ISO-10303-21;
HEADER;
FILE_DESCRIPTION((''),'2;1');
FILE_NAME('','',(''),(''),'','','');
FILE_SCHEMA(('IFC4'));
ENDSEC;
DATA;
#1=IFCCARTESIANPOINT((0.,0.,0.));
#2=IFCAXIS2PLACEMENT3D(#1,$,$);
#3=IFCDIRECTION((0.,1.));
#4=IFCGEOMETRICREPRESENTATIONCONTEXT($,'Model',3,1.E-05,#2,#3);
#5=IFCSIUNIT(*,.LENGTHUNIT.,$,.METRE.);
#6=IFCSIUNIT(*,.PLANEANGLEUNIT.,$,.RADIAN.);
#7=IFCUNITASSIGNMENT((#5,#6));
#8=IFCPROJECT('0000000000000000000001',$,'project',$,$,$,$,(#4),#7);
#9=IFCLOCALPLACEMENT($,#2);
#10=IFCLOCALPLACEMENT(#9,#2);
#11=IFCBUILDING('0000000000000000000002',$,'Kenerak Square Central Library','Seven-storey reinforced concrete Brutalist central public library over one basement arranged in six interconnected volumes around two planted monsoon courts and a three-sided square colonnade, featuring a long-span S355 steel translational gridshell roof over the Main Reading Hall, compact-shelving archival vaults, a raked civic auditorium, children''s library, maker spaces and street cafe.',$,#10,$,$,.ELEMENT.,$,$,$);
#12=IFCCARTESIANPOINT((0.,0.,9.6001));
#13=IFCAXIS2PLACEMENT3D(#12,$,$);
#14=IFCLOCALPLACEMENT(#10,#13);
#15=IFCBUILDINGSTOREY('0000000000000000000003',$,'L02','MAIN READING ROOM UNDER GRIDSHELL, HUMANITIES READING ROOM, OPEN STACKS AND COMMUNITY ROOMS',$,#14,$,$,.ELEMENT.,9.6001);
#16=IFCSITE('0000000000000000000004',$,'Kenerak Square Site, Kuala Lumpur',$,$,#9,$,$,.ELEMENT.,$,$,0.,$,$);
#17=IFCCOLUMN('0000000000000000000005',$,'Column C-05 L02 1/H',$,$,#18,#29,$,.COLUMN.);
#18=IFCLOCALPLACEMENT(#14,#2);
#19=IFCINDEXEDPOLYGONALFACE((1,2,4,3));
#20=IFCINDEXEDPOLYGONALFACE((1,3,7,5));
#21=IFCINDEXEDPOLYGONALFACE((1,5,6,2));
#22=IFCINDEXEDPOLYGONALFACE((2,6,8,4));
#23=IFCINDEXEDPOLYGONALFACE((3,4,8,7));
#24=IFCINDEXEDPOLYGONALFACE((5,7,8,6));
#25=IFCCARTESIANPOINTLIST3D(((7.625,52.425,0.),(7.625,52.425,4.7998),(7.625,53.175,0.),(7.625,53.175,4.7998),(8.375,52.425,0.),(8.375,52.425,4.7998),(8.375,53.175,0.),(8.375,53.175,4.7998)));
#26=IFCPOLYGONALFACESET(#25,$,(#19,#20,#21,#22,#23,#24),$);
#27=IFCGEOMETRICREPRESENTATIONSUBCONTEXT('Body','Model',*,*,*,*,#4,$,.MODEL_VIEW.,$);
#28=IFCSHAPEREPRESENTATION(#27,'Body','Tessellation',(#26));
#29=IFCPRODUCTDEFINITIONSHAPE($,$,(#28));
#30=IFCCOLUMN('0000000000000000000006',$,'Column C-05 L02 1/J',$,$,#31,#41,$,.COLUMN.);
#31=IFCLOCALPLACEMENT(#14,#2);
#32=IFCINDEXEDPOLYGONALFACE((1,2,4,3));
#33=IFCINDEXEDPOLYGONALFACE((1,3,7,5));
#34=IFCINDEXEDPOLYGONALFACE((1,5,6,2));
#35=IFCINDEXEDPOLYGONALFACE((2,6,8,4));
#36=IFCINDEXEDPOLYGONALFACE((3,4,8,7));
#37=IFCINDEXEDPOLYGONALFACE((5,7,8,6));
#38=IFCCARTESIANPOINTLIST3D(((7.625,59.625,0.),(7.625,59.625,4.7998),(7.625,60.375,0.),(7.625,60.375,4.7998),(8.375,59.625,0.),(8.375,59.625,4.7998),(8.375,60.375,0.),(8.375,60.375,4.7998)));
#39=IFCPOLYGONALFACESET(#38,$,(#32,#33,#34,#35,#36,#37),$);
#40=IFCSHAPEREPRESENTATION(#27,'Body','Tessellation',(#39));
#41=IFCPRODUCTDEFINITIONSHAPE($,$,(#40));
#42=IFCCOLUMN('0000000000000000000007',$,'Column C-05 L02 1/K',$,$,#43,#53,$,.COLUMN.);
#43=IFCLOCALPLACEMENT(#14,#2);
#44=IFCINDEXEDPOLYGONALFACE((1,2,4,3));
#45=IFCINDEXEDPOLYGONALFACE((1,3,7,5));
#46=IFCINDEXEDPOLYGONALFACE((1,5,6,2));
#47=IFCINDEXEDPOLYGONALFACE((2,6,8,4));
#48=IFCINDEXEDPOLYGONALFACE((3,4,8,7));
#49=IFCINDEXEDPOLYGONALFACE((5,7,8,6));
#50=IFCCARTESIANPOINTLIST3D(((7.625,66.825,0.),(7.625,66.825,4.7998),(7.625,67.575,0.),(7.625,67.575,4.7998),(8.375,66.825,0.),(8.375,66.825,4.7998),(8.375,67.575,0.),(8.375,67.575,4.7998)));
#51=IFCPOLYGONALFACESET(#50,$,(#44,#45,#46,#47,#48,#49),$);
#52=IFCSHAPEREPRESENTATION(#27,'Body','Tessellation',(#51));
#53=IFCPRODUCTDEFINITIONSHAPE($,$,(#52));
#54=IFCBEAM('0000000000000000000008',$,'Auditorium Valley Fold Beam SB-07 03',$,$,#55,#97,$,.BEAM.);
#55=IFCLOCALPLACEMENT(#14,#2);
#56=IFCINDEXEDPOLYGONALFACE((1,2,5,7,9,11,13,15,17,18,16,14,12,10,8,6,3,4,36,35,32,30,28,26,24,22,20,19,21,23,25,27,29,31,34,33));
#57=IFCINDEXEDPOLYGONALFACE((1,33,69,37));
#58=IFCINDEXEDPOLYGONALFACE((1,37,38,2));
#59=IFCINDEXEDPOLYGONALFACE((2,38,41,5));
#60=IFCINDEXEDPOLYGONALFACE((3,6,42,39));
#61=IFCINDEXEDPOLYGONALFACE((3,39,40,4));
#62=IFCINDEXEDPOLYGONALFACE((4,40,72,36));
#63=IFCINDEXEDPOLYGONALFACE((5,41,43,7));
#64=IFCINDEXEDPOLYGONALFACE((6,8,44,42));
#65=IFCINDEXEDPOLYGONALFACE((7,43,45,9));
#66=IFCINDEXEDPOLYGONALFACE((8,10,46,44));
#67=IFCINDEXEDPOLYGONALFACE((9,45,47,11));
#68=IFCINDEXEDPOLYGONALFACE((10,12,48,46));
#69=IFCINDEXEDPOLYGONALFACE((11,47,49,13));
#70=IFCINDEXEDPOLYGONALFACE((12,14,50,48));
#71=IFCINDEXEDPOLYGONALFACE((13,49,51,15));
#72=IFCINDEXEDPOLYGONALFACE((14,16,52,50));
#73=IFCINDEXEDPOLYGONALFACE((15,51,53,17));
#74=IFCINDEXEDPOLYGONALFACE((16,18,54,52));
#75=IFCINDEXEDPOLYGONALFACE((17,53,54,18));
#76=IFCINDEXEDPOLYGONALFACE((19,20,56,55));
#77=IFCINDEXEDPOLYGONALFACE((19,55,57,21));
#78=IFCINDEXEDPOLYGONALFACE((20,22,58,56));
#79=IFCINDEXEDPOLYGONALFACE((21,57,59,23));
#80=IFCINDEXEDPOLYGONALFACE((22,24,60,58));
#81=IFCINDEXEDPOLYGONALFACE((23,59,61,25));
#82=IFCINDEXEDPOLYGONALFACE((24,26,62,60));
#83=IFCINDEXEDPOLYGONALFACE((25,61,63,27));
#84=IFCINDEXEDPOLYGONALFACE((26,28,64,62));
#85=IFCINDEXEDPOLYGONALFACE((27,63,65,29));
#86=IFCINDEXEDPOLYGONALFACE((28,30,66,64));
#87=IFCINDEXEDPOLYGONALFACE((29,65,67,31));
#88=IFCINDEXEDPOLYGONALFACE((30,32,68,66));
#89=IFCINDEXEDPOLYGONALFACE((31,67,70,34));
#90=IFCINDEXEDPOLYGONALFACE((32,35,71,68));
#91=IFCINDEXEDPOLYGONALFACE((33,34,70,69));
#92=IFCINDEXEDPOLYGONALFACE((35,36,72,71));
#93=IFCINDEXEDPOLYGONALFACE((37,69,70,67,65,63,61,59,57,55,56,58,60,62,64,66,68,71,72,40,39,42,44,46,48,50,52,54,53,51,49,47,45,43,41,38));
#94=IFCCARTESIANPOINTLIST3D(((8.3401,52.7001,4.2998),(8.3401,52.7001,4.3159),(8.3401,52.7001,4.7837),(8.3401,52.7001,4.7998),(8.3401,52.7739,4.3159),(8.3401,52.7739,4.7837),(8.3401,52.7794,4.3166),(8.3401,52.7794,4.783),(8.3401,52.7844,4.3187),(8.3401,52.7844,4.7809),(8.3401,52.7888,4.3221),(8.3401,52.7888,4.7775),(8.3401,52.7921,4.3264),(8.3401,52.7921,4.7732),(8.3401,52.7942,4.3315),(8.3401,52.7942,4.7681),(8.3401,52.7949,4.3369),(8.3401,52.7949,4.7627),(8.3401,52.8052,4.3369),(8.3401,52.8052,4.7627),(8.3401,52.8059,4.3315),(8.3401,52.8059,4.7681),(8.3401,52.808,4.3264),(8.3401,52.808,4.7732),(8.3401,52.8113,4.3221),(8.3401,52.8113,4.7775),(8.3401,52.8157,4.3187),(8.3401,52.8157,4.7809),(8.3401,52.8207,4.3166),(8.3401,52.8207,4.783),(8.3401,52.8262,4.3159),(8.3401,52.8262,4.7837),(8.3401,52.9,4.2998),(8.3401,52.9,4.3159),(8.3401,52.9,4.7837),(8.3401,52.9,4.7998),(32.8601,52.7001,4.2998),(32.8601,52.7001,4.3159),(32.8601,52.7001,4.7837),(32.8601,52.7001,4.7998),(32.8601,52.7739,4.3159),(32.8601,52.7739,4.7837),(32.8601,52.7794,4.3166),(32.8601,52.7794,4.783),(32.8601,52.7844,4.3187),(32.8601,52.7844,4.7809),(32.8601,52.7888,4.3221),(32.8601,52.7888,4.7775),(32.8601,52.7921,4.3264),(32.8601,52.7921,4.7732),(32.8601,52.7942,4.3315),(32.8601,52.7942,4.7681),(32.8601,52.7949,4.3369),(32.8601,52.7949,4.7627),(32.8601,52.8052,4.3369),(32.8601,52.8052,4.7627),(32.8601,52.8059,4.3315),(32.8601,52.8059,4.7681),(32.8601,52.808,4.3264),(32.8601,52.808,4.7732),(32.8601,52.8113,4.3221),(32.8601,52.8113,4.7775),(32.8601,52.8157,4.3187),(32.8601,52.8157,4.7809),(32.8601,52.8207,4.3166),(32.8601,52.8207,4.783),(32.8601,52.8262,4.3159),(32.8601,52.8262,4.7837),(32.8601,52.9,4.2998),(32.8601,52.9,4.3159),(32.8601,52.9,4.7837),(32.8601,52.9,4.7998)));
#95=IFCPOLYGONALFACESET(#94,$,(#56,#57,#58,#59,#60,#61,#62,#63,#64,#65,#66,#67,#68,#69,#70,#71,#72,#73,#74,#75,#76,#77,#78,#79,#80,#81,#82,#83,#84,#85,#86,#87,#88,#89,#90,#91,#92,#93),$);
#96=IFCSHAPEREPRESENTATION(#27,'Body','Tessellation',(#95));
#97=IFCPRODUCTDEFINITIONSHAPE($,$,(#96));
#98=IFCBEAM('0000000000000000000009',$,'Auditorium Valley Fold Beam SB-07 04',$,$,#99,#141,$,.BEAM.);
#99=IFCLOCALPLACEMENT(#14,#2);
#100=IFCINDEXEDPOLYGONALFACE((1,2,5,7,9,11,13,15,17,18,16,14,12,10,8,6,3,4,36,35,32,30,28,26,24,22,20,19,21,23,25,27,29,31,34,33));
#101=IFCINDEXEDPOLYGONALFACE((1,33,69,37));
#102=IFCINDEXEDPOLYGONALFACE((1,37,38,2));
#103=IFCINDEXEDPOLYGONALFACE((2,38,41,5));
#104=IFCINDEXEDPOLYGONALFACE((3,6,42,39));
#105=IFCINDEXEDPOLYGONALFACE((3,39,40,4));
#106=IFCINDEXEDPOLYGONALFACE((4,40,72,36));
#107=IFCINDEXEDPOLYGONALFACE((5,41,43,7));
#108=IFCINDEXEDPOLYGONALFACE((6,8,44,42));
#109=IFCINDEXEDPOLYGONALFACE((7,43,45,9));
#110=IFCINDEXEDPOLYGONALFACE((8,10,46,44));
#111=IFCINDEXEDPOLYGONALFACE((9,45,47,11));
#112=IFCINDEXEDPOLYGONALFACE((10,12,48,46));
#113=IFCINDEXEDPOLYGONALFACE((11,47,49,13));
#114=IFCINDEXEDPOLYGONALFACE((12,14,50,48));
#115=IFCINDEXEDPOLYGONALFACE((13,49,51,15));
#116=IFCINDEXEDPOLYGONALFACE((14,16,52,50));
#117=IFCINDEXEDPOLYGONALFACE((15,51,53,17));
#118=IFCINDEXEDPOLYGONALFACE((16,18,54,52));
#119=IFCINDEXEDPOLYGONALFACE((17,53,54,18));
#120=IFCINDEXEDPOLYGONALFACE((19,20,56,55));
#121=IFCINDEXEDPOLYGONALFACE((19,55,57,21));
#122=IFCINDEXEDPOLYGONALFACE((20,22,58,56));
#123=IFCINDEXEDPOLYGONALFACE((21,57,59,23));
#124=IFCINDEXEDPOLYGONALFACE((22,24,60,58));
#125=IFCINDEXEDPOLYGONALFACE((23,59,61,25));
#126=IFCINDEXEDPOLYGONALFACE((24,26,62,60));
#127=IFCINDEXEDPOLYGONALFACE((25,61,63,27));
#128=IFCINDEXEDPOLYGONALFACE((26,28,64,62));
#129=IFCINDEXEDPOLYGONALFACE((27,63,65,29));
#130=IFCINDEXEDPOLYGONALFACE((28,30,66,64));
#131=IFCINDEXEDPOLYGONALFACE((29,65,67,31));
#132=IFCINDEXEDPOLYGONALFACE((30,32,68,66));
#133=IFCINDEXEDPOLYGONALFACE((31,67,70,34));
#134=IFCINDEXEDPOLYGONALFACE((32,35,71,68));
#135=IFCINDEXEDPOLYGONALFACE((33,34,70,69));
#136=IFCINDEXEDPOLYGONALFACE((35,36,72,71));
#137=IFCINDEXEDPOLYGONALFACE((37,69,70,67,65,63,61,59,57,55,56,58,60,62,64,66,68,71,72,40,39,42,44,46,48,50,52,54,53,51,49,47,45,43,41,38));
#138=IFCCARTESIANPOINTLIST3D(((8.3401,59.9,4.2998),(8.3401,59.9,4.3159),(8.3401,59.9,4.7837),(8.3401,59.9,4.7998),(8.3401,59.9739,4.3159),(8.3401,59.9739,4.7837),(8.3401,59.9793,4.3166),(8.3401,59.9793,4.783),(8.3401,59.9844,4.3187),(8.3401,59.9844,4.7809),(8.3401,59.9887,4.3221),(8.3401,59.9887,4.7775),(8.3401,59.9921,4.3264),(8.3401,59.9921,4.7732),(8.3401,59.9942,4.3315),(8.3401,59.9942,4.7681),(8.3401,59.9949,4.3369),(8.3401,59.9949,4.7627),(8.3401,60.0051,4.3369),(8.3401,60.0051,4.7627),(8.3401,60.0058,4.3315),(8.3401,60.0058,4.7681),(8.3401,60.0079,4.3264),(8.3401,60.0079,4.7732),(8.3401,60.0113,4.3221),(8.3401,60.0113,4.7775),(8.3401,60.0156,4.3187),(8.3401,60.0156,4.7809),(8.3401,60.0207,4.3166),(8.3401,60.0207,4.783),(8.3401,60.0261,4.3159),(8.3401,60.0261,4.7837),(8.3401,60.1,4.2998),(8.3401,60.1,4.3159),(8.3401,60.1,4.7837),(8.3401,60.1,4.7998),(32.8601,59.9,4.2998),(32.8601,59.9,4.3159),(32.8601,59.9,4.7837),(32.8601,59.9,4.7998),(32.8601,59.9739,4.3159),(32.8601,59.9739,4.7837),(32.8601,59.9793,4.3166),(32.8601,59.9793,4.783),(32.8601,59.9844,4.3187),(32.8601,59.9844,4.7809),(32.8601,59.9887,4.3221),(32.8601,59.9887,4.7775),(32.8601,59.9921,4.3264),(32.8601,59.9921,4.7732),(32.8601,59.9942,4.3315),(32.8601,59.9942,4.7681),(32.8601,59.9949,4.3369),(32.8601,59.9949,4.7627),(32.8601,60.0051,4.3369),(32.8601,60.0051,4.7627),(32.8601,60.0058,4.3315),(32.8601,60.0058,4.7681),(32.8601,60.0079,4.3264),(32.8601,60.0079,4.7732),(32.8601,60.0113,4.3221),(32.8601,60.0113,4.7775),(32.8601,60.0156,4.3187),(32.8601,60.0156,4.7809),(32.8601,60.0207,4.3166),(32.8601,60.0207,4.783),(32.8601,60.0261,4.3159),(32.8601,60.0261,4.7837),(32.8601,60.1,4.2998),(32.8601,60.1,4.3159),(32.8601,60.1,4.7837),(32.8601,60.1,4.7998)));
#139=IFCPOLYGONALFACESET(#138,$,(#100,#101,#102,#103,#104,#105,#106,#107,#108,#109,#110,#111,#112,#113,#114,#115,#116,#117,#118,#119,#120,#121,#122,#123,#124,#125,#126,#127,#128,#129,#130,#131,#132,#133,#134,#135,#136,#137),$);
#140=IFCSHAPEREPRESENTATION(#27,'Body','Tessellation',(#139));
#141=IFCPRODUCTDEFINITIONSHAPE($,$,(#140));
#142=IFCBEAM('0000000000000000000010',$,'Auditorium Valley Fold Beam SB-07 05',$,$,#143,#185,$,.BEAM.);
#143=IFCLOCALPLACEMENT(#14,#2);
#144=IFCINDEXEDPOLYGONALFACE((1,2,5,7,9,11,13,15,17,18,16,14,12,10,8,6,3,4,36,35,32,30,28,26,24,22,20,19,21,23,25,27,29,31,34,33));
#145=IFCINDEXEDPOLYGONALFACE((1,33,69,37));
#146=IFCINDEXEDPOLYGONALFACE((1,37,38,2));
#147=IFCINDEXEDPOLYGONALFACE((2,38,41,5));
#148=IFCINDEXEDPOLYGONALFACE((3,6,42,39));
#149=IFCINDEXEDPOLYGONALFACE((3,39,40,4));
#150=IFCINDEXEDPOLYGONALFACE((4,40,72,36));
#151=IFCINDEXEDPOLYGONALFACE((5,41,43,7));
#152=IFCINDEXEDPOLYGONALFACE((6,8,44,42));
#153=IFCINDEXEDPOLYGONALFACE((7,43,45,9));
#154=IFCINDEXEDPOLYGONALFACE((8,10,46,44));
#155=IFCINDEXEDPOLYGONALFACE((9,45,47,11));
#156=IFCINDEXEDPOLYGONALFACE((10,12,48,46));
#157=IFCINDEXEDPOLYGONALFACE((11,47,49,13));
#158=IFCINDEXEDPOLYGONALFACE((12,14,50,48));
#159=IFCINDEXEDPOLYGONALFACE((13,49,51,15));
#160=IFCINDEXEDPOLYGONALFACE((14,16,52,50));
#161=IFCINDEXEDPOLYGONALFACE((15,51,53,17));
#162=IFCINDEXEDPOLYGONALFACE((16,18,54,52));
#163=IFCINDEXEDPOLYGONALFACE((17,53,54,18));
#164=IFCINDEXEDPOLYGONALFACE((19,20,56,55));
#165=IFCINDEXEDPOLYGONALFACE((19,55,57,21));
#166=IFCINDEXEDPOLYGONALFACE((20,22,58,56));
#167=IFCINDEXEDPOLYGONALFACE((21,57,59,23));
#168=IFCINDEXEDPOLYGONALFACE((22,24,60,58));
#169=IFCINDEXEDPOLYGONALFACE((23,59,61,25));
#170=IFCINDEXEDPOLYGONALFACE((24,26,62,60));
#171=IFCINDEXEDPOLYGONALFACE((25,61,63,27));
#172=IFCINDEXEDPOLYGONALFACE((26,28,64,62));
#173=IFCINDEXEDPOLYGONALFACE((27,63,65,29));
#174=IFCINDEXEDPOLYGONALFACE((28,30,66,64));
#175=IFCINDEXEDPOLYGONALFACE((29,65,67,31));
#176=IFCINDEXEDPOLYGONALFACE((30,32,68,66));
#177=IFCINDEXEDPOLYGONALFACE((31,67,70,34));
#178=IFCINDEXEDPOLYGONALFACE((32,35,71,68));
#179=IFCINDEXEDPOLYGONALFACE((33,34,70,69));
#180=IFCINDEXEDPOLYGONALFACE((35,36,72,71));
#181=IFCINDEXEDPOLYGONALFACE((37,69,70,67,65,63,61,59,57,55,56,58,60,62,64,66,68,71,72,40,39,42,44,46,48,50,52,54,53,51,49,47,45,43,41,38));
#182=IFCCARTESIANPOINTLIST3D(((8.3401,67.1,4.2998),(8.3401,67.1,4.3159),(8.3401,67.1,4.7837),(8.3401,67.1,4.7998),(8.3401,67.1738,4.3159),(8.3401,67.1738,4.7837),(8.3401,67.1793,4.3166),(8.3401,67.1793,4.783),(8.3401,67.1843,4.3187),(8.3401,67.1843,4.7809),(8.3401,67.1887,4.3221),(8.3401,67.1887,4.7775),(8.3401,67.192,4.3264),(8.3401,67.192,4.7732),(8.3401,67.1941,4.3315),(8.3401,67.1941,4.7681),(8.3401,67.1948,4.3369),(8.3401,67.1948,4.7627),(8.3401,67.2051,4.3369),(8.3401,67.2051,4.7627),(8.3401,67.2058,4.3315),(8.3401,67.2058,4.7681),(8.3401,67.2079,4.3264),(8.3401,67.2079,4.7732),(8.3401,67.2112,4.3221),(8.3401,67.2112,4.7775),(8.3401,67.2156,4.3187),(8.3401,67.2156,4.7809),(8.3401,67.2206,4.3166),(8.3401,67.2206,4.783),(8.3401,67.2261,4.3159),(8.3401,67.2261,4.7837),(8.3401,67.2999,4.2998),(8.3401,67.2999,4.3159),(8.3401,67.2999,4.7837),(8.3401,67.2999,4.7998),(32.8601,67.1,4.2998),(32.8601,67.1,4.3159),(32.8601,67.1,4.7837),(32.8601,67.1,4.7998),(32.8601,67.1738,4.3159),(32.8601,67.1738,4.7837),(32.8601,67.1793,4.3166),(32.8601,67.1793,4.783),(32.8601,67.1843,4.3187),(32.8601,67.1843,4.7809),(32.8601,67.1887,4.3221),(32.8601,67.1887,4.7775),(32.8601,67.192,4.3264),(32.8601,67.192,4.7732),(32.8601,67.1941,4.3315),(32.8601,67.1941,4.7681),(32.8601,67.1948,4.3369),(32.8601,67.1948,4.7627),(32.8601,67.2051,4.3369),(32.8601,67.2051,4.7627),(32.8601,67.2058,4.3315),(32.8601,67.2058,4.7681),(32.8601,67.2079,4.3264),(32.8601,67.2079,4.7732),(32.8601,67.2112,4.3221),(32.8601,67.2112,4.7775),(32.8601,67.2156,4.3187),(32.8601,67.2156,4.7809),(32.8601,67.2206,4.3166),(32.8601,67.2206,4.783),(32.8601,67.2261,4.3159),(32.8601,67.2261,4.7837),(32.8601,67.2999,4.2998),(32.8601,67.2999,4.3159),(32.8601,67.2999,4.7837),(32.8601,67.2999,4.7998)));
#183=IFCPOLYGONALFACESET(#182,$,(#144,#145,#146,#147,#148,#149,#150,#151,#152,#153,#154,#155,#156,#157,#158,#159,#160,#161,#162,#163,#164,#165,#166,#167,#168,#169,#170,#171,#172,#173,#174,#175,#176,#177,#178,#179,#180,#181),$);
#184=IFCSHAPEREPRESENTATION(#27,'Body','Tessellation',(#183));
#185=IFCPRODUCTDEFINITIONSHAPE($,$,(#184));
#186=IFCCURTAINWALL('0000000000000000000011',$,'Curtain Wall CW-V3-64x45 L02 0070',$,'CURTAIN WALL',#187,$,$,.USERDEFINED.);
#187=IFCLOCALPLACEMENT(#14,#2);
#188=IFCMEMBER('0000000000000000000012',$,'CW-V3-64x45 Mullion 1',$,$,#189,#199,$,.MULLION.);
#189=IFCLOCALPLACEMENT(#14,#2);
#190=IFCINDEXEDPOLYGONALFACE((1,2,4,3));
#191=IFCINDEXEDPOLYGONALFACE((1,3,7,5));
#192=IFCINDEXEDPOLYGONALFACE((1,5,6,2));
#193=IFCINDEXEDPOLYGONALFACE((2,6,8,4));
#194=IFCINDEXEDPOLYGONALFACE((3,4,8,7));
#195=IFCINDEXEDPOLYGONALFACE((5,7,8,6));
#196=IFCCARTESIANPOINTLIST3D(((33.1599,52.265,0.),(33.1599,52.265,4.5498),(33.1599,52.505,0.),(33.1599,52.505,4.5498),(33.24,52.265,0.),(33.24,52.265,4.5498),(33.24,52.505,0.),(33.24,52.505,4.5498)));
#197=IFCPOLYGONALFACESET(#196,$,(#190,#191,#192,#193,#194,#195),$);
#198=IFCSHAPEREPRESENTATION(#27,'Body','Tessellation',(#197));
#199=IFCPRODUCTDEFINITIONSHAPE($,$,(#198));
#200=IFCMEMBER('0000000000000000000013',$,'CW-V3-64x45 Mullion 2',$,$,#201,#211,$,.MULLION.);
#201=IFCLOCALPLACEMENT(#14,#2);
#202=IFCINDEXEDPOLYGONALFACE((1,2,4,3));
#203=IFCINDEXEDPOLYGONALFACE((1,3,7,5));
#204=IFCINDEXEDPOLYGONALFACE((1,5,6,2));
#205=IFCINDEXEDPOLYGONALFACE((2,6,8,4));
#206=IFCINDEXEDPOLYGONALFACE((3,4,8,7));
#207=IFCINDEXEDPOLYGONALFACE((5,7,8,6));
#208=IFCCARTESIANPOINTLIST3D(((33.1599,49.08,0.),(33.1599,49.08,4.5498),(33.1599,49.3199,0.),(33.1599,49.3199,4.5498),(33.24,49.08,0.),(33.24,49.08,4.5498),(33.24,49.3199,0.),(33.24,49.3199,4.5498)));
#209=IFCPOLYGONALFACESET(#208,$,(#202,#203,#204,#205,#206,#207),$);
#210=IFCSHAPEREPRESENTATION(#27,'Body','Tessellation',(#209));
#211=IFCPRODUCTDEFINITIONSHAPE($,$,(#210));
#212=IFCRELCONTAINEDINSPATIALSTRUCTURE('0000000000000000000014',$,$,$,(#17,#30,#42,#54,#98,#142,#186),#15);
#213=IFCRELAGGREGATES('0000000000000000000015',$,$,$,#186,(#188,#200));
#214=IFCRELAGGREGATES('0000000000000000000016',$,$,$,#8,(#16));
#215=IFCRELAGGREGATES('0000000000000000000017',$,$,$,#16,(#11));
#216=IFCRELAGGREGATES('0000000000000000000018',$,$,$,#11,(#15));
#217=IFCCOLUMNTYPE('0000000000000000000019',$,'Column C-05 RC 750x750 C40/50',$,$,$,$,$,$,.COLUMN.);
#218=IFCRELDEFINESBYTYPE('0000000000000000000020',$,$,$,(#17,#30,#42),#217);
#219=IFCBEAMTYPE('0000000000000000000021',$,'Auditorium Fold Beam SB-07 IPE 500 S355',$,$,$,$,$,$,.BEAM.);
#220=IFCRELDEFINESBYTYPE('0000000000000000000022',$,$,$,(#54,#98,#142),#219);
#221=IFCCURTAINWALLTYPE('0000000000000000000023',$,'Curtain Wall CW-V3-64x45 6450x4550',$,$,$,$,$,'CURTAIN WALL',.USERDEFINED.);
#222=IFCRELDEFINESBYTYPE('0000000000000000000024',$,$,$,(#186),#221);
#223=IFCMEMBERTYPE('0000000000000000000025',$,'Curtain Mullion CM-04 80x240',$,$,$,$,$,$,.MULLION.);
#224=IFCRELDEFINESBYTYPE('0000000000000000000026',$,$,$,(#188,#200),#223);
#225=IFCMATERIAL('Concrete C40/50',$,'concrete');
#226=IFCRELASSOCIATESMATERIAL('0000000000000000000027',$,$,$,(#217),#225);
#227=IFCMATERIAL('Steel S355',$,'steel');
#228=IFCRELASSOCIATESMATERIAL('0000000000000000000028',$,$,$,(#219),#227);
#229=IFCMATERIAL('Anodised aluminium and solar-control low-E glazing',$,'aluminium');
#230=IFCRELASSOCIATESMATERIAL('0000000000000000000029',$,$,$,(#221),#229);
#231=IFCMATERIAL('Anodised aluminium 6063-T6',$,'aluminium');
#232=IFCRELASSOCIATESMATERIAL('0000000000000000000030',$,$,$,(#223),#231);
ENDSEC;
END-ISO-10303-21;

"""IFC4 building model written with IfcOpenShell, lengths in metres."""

from ifc_helpers import new_model, si_unit, direction, frame, origin, origin_2d, place, context, subcontext, project, spatial, rectangle, i_section, extrude, material, material_profile, profile_set, type_object, element, aggregate, save


model = new_model("IFC4")

# Units and contexts
model_context = context("Model", 3, precision=1e-05, world=origin(), true_north=direction((0.0, 1.0)))
body_context = subcontext(model_context, "Body", "Model", "MODEL_VIEW")
ifc_project = project(units=[si_unit("LENGTHUNIT", "METRE"), si_unit("PLANEANGLEUNIT", "RADIAN")], contexts=[model_context])

# Site, building, storey
site_placement = place(None, origin())
site = spatial("IfcSite", under=ifc_project, at=site_placement, Name="Kenerak Square Site, Kuala Lumpur", CompositionType="ELEMENT", RefElevation=0.0)
building_placement = place(site_placement, origin())
building = spatial("IfcBuilding", under=site, at=building_placement, Name="Kenerak Square Central Library", Description="Seven-storey reinforced concrete Brutalist central public library over one basement arranged in six interconnected volumes around two planted monsoon courts and a three-sided square colonnade, featuring a long-span S355 steel translational gridshell roof over the Main Reading Hall, compact-shelving archival vaults, a raked civic auditorium, children's library, maker spaces and street cafe.", CompositionType="ELEMENT")
storey_placement = place(building_placement, frame((0.0, 0.0, 9.6001)))
storey = spatial("IfcBuildingStorey", under=building, at=storey_placement, Name="L02", Description="MAIN READING ROOM UNDER GRIDSHELL, HUMANITIES READING ROOM, OPEN STACKS AND COMMUNITY ROOMS", CompositionType="ELEMENT", Elevation=9.6001)

# Columns
ifc_material_1 = material(Name="Concrete C40/50", Category="concrete")
ifc_material_profile_1 = material_profile(ifc_material_1, rectangle(XDim=0.75, YDim=0.75, at=origin_2d()), Name="RC 750x750")
ifc_profile_set_1 = profile_set([ifc_material_profile_1], Name="Concrete C40/50")
column_type = type_object("IfcColumnType", Name="Column C-05 RC 750x750 C40/50", PredefinedType="COLUMN", material=ifc_profile_set_1)
for number, where, z_axis, x_axis, name in (
    (1, (8.0, 52.8, 0.0), (0.0, 0.0, 1.0), (1.0, 0.0, 0.0), "Column C-05 L02 1/H"),
    (2, (8.0, 60.0, 0.0), (0.0, 0.0, 1.0), (1.0, 0.0, 0.0), "Column C-05 L02 1/J"),
    (3, (8.0, 67.2, 0.0), (0.0, 0.0, 1.0), (1.0, 0.0, 0.0), "Column C-05 L02 1/K"),
):
    element("IfcColumn", number, at=place(storey_placement, frame(where, z_axis=z_axis, x_axis=x_axis)), inside=storey, type_object=column_type, Name=name, PredefinedType="COLUMN", context=body_context, shape_type="SweptSolid", body=[
        extrude(rectangle(XDim=0.75, YDim=0.75, at=origin_2d()), origin(), (0.0, 0.0, 1.0), 4.7998),
    ])

# Beams
ifc_material_2 = material(Name="Steel S355", Category="steel")
ifc_material_profile_2 = material_profile(ifc_material_2, i_section(OverallWidth=0.2, OverallDepth=0.5, WebThickness=0.0103, FlangeThickness=0.0161, FilletRadius=0.021, at=origin_2d()), Name="IPE 500")
ifc_profile_set_2 = profile_set([ifc_material_profile_2], Name="Steel S355")
beam_type = type_object("IfcBeamType", Name="Auditorium Fold Beam SB-07 IPE 500 S355", PredefinedType="BEAM", material=ifc_profile_set_2)
for number, where, z_axis, x_axis, name in (
    (4, (8.3401, 52.8, 4.5498), (1.0, 0.0, 0.0), (0.0, 1.0, 0.0), "Auditorium Valley Fold Beam SB-07 03"),
    (5, (8.3401, 60.0, 4.5498), (1.0, 0.0, 0.0), (0.0, 1.0, 0.0), "Auditorium Valley Fold Beam SB-07 04"),
    (6, (8.3401, 67.2, 4.5498), (1.0, 0.0, 0.0), (0.0, 1.0, 0.0), "Auditorium Valley Fold Beam SB-07 05"),
):
    element("IfcBeam", number, at=place(storey_placement, frame(where, z_axis=z_axis, x_axis=x_axis)), inside=storey, type_object=beam_type, Name=name, PredefinedType="BEAM", context=body_context, shape_type="SweptSolid", body=[
        extrude(i_section(OverallWidth=0.2, OverallDepth=0.5, WebThickness=0.0103, FlangeThickness=0.0161, FilletRadius=0.021, at=origin_2d()), origin(), (0.0, 0.0, 1.0), 24.52),
    ])

# Curtain wall, members
ifc_material_3 = material(Name="Anodised aluminium and solar-control low-E glazing", Category="aluminium")
curtain_wall_type = type_object("IfcCurtainWallType", Name="Curtain Wall CW-V3-64x45 6450x4550", ElementType="CURTAIN WALL", PredefinedType="USERDEFINED", material=ifc_material_3)
curtain_wall_placement = place(storey_placement, origin())
curtain_wall = element("IfcCurtainWall", 7, at=curtain_wall_placement, inside=storey, type_object=curtain_wall_type, Name="Curtain Wall CW-V3-64x45 L02 0070", ObjectType="CURTAIN WALL", PredefinedType="USERDEFINED")
ifc_material_4 = material(Name="Anodised aluminium 6063-T6", Category="aluminium")
ifc_material_profile_3 = material_profile(ifc_material_4, rectangle(XDim=0.0801, YDim=0.24, at=origin_2d()), Name="AL MULLION 80x240")
ifc_profile_set_3 = profile_set([ifc_material_profile_3], Name="Anodised aluminium 6063-T6")
member_type_1 = type_object("IfcMemberType", Name="Curtain Mullion CM-04 80x240", PredefinedType="MULLION", material=ifc_profile_set_3)
member_1_placement = place(storey_placement, frame((33.2, 52.385, 0.0), z_axis=(0.0, 0.0, 1.0), x_axis=(1.0, 0.0, 0.0)))
member_1 = element("IfcMember", 8, at=member_1_placement, type_object=member_type_1, Name="CW-V3-64x45 Mullion 1", PredefinedType="MULLION", context=body_context, shape_type="SweptSolid", body=[
    extrude(rectangle(XDim=0.0801, YDim=0.24, at=origin_2d()), origin(), (0.0, 0.0, 1.0), 4.5498),
])
member_2_placement = place(storey_placement, frame((33.2, 49.2, 0.0), z_axis=(0.0, 0.0, 1.0), x_axis=(1.0, 0.0, 0.0)))
member_2 = element("IfcMember", 9, at=member_2_placement, type_object=member_type_1, Name="CW-V3-64x45 Mullion 2", PredefinedType="MULLION", context=body_context, shape_type="SweptSolid", body=[
    extrude(rectangle(XDim=0.0801, YDim=0.24, at=origin_2d()), origin(), (0.0, 0.0, 1.0), 4.5498),
])
aggregate(curtain_wall, [member_1, member_2])

save(model, "model.ifc")
